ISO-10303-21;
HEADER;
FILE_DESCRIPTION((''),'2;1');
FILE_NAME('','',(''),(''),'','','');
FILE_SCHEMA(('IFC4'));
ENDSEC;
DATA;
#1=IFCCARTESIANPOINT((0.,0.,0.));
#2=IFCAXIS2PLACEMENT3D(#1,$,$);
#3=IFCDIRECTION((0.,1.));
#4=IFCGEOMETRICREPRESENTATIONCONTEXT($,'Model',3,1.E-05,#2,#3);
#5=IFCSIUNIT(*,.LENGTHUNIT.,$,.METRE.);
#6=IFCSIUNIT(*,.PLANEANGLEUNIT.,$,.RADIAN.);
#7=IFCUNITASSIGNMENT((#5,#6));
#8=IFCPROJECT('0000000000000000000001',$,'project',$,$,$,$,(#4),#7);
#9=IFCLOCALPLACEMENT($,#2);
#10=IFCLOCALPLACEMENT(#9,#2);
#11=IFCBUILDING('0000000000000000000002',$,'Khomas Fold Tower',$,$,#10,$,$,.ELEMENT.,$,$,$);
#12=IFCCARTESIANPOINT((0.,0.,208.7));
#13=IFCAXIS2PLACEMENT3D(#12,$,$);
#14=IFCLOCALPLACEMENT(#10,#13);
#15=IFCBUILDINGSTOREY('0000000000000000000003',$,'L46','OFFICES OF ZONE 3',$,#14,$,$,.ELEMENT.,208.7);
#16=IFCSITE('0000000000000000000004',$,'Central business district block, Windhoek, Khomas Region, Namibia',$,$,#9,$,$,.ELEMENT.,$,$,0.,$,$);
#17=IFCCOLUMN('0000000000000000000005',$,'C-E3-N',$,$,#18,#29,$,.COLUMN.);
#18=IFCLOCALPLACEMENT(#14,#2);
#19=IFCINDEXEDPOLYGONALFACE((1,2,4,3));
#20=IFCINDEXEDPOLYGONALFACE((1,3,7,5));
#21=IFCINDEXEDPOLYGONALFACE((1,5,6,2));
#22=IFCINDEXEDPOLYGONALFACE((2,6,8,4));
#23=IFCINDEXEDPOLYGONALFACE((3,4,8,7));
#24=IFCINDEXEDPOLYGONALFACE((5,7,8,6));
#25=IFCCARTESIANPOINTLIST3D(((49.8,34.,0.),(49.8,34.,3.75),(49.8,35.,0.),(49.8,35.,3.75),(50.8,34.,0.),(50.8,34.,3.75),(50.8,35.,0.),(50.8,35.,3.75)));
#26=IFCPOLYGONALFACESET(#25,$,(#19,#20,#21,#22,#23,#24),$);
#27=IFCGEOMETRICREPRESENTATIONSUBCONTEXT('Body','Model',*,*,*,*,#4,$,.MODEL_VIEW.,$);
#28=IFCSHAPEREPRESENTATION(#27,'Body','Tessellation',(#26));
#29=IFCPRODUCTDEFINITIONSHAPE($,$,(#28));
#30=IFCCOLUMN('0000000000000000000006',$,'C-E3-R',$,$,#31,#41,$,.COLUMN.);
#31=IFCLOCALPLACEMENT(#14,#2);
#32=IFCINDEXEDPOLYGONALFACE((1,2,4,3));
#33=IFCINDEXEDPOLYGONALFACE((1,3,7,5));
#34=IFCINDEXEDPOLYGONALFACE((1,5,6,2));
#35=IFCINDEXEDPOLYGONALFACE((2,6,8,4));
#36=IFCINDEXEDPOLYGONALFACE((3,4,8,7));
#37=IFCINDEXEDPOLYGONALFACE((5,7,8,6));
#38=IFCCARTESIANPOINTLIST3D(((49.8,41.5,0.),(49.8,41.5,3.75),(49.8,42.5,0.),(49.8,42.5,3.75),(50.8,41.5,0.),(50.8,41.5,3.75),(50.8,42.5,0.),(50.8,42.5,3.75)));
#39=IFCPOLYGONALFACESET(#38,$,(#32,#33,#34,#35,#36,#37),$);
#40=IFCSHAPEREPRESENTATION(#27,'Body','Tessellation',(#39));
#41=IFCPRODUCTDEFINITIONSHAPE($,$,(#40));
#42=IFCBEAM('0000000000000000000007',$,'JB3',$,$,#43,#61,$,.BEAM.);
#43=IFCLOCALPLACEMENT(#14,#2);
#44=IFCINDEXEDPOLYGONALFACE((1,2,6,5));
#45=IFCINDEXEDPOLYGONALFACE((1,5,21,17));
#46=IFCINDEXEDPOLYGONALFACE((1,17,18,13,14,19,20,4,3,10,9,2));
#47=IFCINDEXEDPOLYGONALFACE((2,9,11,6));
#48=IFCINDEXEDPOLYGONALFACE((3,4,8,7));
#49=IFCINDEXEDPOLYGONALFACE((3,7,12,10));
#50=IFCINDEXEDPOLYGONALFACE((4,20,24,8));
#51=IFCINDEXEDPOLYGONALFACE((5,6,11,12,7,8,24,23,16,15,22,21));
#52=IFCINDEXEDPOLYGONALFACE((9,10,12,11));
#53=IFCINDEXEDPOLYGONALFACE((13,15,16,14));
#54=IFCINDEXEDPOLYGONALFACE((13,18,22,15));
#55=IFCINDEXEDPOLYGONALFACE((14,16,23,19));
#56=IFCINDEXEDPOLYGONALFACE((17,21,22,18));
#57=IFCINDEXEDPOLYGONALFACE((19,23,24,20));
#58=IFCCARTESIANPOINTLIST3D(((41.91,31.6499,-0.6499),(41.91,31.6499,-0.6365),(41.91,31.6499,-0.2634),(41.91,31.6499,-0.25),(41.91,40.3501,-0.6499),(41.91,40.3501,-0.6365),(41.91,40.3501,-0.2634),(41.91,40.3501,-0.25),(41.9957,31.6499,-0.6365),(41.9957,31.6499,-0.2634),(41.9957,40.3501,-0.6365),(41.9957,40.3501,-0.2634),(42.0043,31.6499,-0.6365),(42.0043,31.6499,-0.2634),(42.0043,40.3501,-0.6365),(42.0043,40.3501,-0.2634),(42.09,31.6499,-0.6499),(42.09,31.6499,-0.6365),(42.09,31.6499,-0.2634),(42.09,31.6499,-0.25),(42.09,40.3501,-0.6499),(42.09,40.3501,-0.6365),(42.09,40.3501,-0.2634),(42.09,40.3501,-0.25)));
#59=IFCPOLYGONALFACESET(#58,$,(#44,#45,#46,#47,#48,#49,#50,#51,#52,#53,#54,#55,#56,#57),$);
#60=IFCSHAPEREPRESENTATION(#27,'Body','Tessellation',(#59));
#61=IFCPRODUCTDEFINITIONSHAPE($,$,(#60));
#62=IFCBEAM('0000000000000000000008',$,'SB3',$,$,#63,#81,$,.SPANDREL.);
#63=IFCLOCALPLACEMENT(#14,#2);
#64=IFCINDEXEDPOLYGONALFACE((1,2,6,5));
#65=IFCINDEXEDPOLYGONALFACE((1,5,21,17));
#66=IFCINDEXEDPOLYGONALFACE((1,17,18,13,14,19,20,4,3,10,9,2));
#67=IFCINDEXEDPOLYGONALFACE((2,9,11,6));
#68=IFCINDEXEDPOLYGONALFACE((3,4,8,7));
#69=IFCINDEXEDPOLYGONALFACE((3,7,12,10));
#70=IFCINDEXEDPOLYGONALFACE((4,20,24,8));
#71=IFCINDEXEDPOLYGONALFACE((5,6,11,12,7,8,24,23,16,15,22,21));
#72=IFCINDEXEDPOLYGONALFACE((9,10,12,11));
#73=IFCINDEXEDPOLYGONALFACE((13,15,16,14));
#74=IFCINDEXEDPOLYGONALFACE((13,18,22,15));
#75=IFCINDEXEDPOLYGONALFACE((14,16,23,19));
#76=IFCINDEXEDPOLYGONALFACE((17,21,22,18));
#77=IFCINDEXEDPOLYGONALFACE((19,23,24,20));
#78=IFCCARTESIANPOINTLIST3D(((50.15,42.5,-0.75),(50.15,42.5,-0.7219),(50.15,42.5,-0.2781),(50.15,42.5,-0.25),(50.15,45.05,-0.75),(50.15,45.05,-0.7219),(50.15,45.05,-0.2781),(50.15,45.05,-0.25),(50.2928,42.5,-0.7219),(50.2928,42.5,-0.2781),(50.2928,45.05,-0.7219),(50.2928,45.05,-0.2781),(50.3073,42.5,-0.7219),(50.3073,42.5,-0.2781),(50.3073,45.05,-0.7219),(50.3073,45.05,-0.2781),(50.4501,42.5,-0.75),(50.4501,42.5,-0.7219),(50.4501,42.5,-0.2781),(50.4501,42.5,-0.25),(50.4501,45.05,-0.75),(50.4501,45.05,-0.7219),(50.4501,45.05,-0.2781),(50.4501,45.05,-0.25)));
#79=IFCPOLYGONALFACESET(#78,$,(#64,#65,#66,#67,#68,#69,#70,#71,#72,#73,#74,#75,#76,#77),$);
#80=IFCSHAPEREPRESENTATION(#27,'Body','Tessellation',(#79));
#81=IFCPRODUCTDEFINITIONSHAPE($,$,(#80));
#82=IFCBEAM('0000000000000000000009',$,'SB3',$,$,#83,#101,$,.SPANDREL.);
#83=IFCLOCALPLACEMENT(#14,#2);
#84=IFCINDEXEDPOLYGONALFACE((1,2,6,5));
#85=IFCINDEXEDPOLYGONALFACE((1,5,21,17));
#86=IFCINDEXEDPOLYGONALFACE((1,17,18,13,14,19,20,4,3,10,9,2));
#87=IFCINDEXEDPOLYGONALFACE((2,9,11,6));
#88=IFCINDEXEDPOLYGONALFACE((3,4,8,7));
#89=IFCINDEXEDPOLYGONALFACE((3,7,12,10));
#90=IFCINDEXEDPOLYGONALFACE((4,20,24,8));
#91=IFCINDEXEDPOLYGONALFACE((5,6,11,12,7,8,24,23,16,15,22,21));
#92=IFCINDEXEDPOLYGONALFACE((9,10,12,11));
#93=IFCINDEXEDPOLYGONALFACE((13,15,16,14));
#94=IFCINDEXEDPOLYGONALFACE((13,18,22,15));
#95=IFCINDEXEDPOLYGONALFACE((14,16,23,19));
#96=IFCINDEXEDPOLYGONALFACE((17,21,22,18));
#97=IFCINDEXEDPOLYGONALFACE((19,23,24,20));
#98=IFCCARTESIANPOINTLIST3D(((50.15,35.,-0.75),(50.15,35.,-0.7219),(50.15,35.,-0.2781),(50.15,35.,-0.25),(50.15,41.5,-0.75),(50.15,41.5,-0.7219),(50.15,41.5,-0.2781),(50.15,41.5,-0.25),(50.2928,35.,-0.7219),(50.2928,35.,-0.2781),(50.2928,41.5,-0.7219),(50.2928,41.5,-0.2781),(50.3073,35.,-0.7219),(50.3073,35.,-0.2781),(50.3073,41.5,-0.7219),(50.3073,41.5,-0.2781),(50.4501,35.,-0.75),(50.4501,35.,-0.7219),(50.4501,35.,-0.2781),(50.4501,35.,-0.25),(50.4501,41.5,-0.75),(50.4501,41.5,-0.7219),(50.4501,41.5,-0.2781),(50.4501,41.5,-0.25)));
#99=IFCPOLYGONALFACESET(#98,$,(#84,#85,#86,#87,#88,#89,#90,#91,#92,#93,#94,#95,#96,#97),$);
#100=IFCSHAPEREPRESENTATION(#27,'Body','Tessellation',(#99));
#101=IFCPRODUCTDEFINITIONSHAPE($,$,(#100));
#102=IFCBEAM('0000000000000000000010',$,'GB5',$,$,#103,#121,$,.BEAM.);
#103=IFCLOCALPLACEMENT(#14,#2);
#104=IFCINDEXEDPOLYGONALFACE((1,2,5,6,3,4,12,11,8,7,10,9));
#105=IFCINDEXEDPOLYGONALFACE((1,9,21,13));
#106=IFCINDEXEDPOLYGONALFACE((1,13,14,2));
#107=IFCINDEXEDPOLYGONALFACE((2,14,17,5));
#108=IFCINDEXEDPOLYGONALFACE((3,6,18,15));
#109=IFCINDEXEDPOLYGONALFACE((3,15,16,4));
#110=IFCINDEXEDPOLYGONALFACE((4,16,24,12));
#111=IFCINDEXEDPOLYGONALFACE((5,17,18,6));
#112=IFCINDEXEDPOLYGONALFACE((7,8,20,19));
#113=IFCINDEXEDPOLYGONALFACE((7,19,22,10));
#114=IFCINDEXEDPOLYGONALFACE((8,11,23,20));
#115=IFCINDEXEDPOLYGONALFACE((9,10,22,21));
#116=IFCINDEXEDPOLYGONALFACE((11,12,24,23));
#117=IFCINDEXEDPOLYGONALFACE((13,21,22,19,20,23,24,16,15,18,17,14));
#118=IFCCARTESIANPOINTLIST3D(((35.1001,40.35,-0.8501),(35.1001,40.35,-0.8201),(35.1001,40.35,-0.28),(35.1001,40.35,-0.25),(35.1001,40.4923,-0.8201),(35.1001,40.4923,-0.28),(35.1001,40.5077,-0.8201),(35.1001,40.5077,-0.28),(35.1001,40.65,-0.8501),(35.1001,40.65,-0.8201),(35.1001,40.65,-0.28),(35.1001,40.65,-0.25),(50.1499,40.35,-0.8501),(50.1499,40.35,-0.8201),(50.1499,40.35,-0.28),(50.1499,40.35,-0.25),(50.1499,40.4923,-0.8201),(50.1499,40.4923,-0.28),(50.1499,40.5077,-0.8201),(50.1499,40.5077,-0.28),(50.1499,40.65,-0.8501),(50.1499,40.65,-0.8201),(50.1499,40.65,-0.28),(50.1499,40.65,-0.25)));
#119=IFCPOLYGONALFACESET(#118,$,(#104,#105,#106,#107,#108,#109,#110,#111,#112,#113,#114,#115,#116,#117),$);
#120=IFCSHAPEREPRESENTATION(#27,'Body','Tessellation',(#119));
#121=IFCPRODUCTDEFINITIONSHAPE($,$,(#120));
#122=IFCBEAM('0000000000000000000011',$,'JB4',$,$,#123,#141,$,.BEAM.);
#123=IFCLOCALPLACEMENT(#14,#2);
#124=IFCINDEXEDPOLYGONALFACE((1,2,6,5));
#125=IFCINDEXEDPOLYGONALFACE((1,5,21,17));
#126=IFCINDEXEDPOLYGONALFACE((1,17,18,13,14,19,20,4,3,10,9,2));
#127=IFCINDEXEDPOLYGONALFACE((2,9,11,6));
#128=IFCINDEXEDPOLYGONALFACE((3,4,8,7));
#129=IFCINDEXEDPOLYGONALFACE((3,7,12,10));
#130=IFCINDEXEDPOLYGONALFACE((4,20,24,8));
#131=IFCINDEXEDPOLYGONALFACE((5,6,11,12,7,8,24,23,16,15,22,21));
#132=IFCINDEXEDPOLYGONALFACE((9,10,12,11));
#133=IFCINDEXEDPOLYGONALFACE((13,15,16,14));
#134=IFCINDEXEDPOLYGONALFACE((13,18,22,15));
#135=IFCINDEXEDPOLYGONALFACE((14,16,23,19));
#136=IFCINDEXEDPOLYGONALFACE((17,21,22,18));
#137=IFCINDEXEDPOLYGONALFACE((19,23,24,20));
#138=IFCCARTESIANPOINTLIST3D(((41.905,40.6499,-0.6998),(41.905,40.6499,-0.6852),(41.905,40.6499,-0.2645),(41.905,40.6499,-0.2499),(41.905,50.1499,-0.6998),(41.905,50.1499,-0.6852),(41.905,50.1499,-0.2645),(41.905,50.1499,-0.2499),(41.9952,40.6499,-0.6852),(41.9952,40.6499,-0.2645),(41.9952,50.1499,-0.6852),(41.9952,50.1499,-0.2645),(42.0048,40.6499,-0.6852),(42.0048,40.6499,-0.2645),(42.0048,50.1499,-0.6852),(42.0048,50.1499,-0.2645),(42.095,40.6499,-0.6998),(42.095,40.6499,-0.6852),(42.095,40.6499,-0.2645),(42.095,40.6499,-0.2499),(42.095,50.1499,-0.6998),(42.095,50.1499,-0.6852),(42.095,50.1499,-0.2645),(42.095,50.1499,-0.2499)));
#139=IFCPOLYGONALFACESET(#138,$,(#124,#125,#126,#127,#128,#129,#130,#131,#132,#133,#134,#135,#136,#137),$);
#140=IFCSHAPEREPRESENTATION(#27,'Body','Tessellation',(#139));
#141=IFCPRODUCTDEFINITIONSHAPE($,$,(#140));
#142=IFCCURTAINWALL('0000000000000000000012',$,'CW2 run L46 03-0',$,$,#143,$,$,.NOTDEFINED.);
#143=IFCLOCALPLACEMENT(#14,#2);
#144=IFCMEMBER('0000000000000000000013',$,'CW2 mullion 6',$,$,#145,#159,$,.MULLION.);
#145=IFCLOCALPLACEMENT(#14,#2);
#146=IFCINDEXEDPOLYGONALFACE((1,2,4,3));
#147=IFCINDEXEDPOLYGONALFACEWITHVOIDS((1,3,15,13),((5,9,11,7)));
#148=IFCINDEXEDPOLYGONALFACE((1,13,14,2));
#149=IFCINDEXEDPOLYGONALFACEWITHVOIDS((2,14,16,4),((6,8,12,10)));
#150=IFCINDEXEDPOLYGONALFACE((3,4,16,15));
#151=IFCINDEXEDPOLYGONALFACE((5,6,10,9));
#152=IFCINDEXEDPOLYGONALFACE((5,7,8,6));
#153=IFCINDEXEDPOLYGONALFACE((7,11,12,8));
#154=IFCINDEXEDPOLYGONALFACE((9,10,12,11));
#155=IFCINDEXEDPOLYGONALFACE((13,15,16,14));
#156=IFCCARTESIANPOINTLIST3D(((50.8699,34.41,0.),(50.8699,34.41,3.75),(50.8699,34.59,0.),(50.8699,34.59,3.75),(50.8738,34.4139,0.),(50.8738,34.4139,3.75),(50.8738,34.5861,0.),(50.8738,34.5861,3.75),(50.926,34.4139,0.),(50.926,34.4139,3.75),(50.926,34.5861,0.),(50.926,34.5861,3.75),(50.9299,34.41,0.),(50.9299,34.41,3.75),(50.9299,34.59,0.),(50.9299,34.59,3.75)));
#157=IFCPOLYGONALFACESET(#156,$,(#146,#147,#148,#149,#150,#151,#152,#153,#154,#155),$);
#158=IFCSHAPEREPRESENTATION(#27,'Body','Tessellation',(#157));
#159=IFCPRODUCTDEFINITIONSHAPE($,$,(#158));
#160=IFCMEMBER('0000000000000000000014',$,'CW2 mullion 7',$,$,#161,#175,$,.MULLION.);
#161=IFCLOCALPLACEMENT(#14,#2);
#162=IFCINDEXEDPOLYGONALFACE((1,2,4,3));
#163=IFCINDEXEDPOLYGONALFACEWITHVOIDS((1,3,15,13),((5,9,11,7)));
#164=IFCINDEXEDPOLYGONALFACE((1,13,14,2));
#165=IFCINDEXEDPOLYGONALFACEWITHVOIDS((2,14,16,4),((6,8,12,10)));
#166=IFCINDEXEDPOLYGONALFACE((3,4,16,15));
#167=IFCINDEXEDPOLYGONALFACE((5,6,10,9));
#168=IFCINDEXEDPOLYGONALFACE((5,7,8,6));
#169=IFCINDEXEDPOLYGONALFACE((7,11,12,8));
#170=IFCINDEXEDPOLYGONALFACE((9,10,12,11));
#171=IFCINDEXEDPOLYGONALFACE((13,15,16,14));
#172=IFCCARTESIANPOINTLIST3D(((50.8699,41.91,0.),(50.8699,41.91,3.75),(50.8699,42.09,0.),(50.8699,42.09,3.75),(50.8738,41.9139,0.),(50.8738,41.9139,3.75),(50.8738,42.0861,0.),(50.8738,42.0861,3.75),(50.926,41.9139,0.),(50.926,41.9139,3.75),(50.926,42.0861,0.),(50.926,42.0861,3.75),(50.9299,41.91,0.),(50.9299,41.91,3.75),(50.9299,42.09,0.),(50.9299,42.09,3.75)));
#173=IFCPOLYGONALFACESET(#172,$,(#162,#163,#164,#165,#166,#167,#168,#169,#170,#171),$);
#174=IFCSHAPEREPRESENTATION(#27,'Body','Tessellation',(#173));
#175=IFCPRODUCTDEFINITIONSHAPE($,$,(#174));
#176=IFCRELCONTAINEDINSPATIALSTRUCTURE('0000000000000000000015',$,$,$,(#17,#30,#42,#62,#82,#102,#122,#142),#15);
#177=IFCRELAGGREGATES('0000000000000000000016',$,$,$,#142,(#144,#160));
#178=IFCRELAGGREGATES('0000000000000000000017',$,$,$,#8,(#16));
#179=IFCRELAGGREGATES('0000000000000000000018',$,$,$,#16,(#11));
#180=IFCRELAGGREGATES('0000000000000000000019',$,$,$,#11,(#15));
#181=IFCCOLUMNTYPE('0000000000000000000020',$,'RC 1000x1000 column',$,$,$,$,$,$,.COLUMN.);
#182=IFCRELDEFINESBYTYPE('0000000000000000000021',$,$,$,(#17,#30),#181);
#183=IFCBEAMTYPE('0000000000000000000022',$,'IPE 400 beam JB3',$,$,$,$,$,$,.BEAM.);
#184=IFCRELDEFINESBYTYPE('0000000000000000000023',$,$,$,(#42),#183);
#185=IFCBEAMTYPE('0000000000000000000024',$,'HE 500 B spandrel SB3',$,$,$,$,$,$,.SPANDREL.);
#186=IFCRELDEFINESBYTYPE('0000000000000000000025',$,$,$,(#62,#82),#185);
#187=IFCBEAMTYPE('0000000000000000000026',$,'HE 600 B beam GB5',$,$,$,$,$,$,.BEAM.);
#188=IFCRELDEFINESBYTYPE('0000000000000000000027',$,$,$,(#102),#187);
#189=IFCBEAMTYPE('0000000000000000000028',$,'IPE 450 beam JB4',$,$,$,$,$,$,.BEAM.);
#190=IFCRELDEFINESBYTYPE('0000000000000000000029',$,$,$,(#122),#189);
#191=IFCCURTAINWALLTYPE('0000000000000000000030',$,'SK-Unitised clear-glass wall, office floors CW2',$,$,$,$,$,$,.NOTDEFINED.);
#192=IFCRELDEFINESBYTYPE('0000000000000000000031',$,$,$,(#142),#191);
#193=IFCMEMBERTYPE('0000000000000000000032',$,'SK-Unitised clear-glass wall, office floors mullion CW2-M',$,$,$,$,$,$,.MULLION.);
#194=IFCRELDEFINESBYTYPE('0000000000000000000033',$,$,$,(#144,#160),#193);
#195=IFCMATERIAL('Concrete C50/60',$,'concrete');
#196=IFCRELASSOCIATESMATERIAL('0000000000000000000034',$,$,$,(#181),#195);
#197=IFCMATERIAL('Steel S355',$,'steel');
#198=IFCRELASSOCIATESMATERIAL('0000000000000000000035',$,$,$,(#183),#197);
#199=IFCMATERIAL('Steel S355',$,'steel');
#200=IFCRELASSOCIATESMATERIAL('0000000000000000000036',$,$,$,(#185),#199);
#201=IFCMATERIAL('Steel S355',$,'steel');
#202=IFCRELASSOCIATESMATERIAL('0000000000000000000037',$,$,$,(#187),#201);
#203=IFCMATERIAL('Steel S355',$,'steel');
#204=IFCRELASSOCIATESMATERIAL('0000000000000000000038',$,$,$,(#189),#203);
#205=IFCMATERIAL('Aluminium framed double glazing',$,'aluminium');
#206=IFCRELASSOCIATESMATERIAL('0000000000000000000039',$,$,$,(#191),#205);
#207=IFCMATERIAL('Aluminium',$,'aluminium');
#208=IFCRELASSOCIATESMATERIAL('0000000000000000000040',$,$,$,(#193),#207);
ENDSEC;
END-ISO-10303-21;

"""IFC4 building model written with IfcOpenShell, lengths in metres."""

from ifc_helpers import new_model, si_unit, direction, frame, origin, origin_2d, place, context, subcontext, project, spatial, rectangle, hollow_rectangle, i_section, extrude, source, transform, mapped, material, material_profile, profile_set, type_object, element, aggregate, save


model = new_model("IFC4")

# Units and contexts
model_context = context("Model", 3, precision=1e-05, world=origin(), true_north=direction((0.0, 1.0)))
body_context = subcontext(model_context, "Body", "Model", "MODEL_VIEW")
ifc_project = project(units=[si_unit("LENGTHUNIT", "METRE"), si_unit("PLANEANGLEUNIT", "RADIAN")], contexts=[model_context])

# Site, building, storey
site_placement = place(None, origin())
site = spatial("IfcSite", under=ifc_project, at=site_placement, Name="Central business district block, Windhoek, Khomas Region, Namibia", CompositionType="ELEMENT", RefElevation=0.0)
building_placement = place(site_placement, origin())
building = spatial("IfcBuilding", under=site, at=building_placement, Name="Khomas Fold Tower", CompositionType="ELEMENT")
storey_placement = place(building_placement, frame((0.0, 0.0, 208.7)))
storey = spatial("IfcBuildingStorey", under=building, at=storey_placement, Name="L46", Description="OFFICES OF ZONE 3", CompositionType="ELEMENT", Elevation=208.7)

# Columns
ifc_material_1 = material(Name="Concrete C50/60", Category="concrete")
ifc_material_profile_1 = material_profile(ifc_material_1, rectangle(XDim=1.0, YDim=1.0, at=origin_2d()), Name="RC 1000x1000")
ifc_profile_set_1 = profile_set([ifc_material_profile_1], Name="Concrete C50/60")
column_type = type_object("IfcColumnType", Name="RC 1000x1000 column", PredefinedType="COLUMN", material=ifc_profile_set_1)
shared_shape_1 = source(origin(), body_context, "Body", "SweptSolid", [
    extrude(rectangle(XDim=1.0, YDim=1.0, at=origin_2d()), origin(), (0.0, 0.0, 1.0), 3.75),
])
for number, where, z_axis, x_axis, name in (
    (1, (50.3, 34.5, 0.0), (0.0, 0.0, 1.0), (1.0, 0.0, 0.0), "C-E3-N"),
    (2, (50.3, 42.0, 0.0), (0.0, 0.0, 1.0), (1.0, 0.0, 0.0), "C-E3-R"),
):
    element("IfcColumn", number, at=place(storey_placement, frame(where, z_axis=z_axis, x_axis=x_axis)), inside=storey, type_object=column_type, Name=name, PredefinedType="COLUMN", context=body_context, shape_type="MappedRepresentation", body=[
        mapped(shared_shape_1, transform((0.0, 0.0, 0.0))),
    ])

# Beams
ifc_material_2 = material(Name="Steel S355", Category="steel")
ifc_material_profile_2 = material_profile(ifc_material_2, i_section(OverallWidth=0.1799, OverallDepth=0.3999, WebThickness=0.0085, FlangeThickness=0.0134, at=origin_2d()), Name="IPE 400")
ifc_profile_set_2 = profile_set([ifc_material_profile_2], Name="Steel S355")
beam_type_1 = type_object("IfcBeamType", Name="IPE 400 beam JB3", PredefinedType="BEAM", material=ifc_profile_set_2)
shared_shape_2 = source(origin(), body_context, "Body", "SweptSolid", [
    extrude(i_section(OverallWidth=0.1799, OverallDepth=0.3999, WebThickness=0.0085, FlangeThickness=0.0134, at=origin_2d()), origin(), (0.0, 0.0, 1.0), 8.7002),
])
beam_1_placement = place(storey_placement, frame((42.0, 31.6499, -0.45), z_axis=(0.0, 1.0, 0.0), x_axis=(-1.0, 0.0, 0.0)))
element("IfcBeam", 3, at=beam_1_placement, inside=storey, type_object=beam_type_1, Name="JB3", PredefinedType="BEAM", context=body_context, shape_type="MappedRepresentation", body=[
    mapped(shared_shape_2, transform((0.0, 0.0, 0.0))),
])
ifc_material_3 = material(Name="Steel S355", Category="steel")
ifc_material_profile_3 = material_profile(ifc_material_3, i_section(OverallWidth=0.3, OverallDepth=0.5, WebThickness=0.0144, FlangeThickness=0.0281, at=origin_2d()), Name="HE 500 B")
ifc_profile_set_3 = profile_set([ifc_material_profile_3], Name="Steel S355")
beam_type_2 = type_object("IfcBeamType", Name="HE 500 B spandrel SB3", PredefinedType="SPANDREL", material=ifc_profile_set_3)
shared_shape_3 = source(origin(), body_context, "Body", "SweptSolid", [
    extrude(i_section(OverallWidth=0.3, OverallDepth=0.5, WebThickness=0.0144, FlangeThickness=0.0281, at=origin_2d()), origin(), (0.0, 0.0, 1.0), 2.55),
])
beam_2_placement = place(storey_placement, frame((50.3, 42.5, -0.5), z_axis=(0.0, 1.0, 0.0), x_axis=(-1.0, 0.0, 0.0)))
element("IfcBeam", 4, at=beam_2_placement, inside=storey, type_object=beam_type_2, Name="SB3", PredefinedType="SPANDREL", context=body_context, shape_type="MappedRepresentation", body=[
    mapped(shared_shape_3, transform((0.0, 0.0, 0.0))),
])
shared_shape_4 = source(origin(), body_context, "Body", "SweptSolid", [
    extrude(i_section(OverallWidth=0.3, OverallDepth=0.5, WebThickness=0.0144, FlangeThickness=0.0281, at=origin_2d()), origin(), (0.0, 0.0, 1.0), 6.5),
])
beam_3_placement = place(storey_placement, frame((50.3, 35.0, -0.5), z_axis=(0.0, 1.0, 0.0), x_axis=(-1.0, 0.0, 0.0)))
element("IfcBeam", 5, at=beam_3_placement, inside=storey, type_object=beam_type_2, Name="SB3", PredefinedType="SPANDREL", context=body_context, shape_type="MappedRepresentation", body=[
    mapped(shared_shape_4, transform((0.0, 0.0, 0.0))),
])
ifc_material_4 = material(Name="Steel S355", Category="steel")
ifc_material_profile_4 = material_profile(ifc_material_4, i_section(OverallWidth=0.3, OverallDepth=0.6001, WebThickness=0.0154, FlangeThickness=0.03, at=origin_2d()), Name="HE 600 B")
ifc_profile_set_4 = profile_set([ifc_material_profile_4], Name="Steel S355")
beam_type_3 = type_object("IfcBeamType", Name="HE 600 B beam GB5", PredefinedType="BEAM", material=ifc_profile_set_4)
shared_shape_5 = source(origin(), body_context, "Body", "SweptSolid", [
    extrude(i_section(OverallWidth=0.3, OverallDepth=0.6001, WebThickness=0.0154, FlangeThickness=0.03, at=origin_2d()), origin(), (0.0, 0.0, 1.0), 15.0498),
])
beam_4_placement = place(storey_placement, frame((35.1001, 40.5, -0.55), z_axis=(1.0, 0.0, 0.0), x_axis=(0.0, 1.0, 0.0)))
element("IfcBeam", 6, at=beam_4_placement, inside=storey, type_object=beam_type_3, Name="GB5", PredefinedType="BEAM", context=body_context, shape_type="MappedRepresentation", body=[
    mapped(shared_shape_5, transform((0.0, 0.0, 0.0))),
])
ifc_material_5 = material(Name="Steel S355", Category="steel")
ifc_material_profile_5 = material_profile(ifc_material_5, i_section(OverallWidth=0.1899, OverallDepth=0.45, WebThickness=0.0095, FlangeThickness=0.0146, at=origin_2d()), Name="IPE 450")
ifc_profile_set_5 = profile_set([ifc_material_profile_5], Name="Steel S355")
beam_type_4 = type_object("IfcBeamType", Name="IPE 450 beam JB4", PredefinedType="BEAM", material=ifc_profile_set_5)
shared_shape_6 = source(origin(), body_context, "Body", "SweptSolid", [
    extrude(i_section(OverallWidth=0.1899, OverallDepth=0.45, WebThickness=0.0095, FlangeThickness=0.0146, at=origin_2d()), origin(), (0.0, 0.0, 1.0), 9.5),
])
beam_5_placement = place(storey_placement, frame((42.0, 40.6499, -0.4749), z_axis=(0.0, 1.0, 0.0), x_axis=(-1.0, 0.0, 0.0)))
element("IfcBeam", 7, at=beam_5_placement, inside=storey, type_object=beam_type_4, Name="JB4", PredefinedType="BEAM", context=body_context, shape_type="MappedRepresentation", body=[
    mapped(shared_shape_6, transform((0.0, 0.0, 0.0))),
])

# Curtain wall, members
ifc_material_6 = material(Name="Aluminium framed double glazing", Category="aluminium")
curtain_wall_type = type_object("IfcCurtainWallType", Name="SK-Unitised clear-glass wall, office floors CW2", PredefinedType="NOTDEFINED", material=ifc_material_6)
curtain_wall_placement = place(storey_placement, origin())
curtain_wall = element("IfcCurtainWall", 8, at=curtain_wall_placement, inside=storey, type_object=curtain_wall_type, Name="CW2 run L46 03-0", PredefinedType="NOTDEFINED")
ifc_material_7 = material(Name="Aluminium", Category="aluminium")
ifc_material_profile_6 = material_profile(ifc_material_7, hollow_rectangle(XDim=0.0601, YDim=0.1799, WallThickness=0.0039, at=origin_2d()), Name="SK-Unitised clear-glass wall, office floors mullion CW2-M")
ifc_profile_set_6 = profile_set([ifc_material_profile_6], Name="Aluminium")
member_type_1 = type_object("IfcMemberType", Name="SK-Unitised clear-glass wall, office floors mullion CW2-M", PredefinedType="MULLION", material=ifc_profile_set_6)
shared_shape_7 = source(origin(), body_context, "Body", "SweptSolid", [
    extrude(hollow_rectangle(XDim=0.0601, YDim=0.1799, WallThickness=0.0039, at=origin_2d()), origin(), (0.0, 0.0, 1.0), 3.75),
])
member_1_placement = place(storey_placement, frame((50.8999, 34.5, 0.0), z_axis=(0.0, 0.0, 1.0), x_axis=(-1.0, 0.0, 0.0)))
member_1 = element("IfcMember", 9, at=member_1_placement, type_object=member_type_1, Name="CW2 mullion 6", PredefinedType="MULLION", context=body_context, shape_type="MappedRepresentation", body=[
    mapped(shared_shape_7, transform((0.0, 0.0, 0.0))),
])
member_2_placement = place(storey_placement, frame((50.8999, 42.0, 0.0), z_axis=(0.0, 0.0, 1.0), x_axis=(-1.0, 0.0, 0.0)))
member_2 = element("IfcMember", 10, at=member_2_placement, type_object=member_type_1, Name="CW2 mullion 7", PredefinedType="MULLION", context=body_context, shape_type="MappedRepresentation", body=[
    mapped(shared_shape_7, transform((0.0, 0.0, 0.0))),
])

aggregate(curtain_wall, [member_1, member_2])

save(model, "model.ifc")
